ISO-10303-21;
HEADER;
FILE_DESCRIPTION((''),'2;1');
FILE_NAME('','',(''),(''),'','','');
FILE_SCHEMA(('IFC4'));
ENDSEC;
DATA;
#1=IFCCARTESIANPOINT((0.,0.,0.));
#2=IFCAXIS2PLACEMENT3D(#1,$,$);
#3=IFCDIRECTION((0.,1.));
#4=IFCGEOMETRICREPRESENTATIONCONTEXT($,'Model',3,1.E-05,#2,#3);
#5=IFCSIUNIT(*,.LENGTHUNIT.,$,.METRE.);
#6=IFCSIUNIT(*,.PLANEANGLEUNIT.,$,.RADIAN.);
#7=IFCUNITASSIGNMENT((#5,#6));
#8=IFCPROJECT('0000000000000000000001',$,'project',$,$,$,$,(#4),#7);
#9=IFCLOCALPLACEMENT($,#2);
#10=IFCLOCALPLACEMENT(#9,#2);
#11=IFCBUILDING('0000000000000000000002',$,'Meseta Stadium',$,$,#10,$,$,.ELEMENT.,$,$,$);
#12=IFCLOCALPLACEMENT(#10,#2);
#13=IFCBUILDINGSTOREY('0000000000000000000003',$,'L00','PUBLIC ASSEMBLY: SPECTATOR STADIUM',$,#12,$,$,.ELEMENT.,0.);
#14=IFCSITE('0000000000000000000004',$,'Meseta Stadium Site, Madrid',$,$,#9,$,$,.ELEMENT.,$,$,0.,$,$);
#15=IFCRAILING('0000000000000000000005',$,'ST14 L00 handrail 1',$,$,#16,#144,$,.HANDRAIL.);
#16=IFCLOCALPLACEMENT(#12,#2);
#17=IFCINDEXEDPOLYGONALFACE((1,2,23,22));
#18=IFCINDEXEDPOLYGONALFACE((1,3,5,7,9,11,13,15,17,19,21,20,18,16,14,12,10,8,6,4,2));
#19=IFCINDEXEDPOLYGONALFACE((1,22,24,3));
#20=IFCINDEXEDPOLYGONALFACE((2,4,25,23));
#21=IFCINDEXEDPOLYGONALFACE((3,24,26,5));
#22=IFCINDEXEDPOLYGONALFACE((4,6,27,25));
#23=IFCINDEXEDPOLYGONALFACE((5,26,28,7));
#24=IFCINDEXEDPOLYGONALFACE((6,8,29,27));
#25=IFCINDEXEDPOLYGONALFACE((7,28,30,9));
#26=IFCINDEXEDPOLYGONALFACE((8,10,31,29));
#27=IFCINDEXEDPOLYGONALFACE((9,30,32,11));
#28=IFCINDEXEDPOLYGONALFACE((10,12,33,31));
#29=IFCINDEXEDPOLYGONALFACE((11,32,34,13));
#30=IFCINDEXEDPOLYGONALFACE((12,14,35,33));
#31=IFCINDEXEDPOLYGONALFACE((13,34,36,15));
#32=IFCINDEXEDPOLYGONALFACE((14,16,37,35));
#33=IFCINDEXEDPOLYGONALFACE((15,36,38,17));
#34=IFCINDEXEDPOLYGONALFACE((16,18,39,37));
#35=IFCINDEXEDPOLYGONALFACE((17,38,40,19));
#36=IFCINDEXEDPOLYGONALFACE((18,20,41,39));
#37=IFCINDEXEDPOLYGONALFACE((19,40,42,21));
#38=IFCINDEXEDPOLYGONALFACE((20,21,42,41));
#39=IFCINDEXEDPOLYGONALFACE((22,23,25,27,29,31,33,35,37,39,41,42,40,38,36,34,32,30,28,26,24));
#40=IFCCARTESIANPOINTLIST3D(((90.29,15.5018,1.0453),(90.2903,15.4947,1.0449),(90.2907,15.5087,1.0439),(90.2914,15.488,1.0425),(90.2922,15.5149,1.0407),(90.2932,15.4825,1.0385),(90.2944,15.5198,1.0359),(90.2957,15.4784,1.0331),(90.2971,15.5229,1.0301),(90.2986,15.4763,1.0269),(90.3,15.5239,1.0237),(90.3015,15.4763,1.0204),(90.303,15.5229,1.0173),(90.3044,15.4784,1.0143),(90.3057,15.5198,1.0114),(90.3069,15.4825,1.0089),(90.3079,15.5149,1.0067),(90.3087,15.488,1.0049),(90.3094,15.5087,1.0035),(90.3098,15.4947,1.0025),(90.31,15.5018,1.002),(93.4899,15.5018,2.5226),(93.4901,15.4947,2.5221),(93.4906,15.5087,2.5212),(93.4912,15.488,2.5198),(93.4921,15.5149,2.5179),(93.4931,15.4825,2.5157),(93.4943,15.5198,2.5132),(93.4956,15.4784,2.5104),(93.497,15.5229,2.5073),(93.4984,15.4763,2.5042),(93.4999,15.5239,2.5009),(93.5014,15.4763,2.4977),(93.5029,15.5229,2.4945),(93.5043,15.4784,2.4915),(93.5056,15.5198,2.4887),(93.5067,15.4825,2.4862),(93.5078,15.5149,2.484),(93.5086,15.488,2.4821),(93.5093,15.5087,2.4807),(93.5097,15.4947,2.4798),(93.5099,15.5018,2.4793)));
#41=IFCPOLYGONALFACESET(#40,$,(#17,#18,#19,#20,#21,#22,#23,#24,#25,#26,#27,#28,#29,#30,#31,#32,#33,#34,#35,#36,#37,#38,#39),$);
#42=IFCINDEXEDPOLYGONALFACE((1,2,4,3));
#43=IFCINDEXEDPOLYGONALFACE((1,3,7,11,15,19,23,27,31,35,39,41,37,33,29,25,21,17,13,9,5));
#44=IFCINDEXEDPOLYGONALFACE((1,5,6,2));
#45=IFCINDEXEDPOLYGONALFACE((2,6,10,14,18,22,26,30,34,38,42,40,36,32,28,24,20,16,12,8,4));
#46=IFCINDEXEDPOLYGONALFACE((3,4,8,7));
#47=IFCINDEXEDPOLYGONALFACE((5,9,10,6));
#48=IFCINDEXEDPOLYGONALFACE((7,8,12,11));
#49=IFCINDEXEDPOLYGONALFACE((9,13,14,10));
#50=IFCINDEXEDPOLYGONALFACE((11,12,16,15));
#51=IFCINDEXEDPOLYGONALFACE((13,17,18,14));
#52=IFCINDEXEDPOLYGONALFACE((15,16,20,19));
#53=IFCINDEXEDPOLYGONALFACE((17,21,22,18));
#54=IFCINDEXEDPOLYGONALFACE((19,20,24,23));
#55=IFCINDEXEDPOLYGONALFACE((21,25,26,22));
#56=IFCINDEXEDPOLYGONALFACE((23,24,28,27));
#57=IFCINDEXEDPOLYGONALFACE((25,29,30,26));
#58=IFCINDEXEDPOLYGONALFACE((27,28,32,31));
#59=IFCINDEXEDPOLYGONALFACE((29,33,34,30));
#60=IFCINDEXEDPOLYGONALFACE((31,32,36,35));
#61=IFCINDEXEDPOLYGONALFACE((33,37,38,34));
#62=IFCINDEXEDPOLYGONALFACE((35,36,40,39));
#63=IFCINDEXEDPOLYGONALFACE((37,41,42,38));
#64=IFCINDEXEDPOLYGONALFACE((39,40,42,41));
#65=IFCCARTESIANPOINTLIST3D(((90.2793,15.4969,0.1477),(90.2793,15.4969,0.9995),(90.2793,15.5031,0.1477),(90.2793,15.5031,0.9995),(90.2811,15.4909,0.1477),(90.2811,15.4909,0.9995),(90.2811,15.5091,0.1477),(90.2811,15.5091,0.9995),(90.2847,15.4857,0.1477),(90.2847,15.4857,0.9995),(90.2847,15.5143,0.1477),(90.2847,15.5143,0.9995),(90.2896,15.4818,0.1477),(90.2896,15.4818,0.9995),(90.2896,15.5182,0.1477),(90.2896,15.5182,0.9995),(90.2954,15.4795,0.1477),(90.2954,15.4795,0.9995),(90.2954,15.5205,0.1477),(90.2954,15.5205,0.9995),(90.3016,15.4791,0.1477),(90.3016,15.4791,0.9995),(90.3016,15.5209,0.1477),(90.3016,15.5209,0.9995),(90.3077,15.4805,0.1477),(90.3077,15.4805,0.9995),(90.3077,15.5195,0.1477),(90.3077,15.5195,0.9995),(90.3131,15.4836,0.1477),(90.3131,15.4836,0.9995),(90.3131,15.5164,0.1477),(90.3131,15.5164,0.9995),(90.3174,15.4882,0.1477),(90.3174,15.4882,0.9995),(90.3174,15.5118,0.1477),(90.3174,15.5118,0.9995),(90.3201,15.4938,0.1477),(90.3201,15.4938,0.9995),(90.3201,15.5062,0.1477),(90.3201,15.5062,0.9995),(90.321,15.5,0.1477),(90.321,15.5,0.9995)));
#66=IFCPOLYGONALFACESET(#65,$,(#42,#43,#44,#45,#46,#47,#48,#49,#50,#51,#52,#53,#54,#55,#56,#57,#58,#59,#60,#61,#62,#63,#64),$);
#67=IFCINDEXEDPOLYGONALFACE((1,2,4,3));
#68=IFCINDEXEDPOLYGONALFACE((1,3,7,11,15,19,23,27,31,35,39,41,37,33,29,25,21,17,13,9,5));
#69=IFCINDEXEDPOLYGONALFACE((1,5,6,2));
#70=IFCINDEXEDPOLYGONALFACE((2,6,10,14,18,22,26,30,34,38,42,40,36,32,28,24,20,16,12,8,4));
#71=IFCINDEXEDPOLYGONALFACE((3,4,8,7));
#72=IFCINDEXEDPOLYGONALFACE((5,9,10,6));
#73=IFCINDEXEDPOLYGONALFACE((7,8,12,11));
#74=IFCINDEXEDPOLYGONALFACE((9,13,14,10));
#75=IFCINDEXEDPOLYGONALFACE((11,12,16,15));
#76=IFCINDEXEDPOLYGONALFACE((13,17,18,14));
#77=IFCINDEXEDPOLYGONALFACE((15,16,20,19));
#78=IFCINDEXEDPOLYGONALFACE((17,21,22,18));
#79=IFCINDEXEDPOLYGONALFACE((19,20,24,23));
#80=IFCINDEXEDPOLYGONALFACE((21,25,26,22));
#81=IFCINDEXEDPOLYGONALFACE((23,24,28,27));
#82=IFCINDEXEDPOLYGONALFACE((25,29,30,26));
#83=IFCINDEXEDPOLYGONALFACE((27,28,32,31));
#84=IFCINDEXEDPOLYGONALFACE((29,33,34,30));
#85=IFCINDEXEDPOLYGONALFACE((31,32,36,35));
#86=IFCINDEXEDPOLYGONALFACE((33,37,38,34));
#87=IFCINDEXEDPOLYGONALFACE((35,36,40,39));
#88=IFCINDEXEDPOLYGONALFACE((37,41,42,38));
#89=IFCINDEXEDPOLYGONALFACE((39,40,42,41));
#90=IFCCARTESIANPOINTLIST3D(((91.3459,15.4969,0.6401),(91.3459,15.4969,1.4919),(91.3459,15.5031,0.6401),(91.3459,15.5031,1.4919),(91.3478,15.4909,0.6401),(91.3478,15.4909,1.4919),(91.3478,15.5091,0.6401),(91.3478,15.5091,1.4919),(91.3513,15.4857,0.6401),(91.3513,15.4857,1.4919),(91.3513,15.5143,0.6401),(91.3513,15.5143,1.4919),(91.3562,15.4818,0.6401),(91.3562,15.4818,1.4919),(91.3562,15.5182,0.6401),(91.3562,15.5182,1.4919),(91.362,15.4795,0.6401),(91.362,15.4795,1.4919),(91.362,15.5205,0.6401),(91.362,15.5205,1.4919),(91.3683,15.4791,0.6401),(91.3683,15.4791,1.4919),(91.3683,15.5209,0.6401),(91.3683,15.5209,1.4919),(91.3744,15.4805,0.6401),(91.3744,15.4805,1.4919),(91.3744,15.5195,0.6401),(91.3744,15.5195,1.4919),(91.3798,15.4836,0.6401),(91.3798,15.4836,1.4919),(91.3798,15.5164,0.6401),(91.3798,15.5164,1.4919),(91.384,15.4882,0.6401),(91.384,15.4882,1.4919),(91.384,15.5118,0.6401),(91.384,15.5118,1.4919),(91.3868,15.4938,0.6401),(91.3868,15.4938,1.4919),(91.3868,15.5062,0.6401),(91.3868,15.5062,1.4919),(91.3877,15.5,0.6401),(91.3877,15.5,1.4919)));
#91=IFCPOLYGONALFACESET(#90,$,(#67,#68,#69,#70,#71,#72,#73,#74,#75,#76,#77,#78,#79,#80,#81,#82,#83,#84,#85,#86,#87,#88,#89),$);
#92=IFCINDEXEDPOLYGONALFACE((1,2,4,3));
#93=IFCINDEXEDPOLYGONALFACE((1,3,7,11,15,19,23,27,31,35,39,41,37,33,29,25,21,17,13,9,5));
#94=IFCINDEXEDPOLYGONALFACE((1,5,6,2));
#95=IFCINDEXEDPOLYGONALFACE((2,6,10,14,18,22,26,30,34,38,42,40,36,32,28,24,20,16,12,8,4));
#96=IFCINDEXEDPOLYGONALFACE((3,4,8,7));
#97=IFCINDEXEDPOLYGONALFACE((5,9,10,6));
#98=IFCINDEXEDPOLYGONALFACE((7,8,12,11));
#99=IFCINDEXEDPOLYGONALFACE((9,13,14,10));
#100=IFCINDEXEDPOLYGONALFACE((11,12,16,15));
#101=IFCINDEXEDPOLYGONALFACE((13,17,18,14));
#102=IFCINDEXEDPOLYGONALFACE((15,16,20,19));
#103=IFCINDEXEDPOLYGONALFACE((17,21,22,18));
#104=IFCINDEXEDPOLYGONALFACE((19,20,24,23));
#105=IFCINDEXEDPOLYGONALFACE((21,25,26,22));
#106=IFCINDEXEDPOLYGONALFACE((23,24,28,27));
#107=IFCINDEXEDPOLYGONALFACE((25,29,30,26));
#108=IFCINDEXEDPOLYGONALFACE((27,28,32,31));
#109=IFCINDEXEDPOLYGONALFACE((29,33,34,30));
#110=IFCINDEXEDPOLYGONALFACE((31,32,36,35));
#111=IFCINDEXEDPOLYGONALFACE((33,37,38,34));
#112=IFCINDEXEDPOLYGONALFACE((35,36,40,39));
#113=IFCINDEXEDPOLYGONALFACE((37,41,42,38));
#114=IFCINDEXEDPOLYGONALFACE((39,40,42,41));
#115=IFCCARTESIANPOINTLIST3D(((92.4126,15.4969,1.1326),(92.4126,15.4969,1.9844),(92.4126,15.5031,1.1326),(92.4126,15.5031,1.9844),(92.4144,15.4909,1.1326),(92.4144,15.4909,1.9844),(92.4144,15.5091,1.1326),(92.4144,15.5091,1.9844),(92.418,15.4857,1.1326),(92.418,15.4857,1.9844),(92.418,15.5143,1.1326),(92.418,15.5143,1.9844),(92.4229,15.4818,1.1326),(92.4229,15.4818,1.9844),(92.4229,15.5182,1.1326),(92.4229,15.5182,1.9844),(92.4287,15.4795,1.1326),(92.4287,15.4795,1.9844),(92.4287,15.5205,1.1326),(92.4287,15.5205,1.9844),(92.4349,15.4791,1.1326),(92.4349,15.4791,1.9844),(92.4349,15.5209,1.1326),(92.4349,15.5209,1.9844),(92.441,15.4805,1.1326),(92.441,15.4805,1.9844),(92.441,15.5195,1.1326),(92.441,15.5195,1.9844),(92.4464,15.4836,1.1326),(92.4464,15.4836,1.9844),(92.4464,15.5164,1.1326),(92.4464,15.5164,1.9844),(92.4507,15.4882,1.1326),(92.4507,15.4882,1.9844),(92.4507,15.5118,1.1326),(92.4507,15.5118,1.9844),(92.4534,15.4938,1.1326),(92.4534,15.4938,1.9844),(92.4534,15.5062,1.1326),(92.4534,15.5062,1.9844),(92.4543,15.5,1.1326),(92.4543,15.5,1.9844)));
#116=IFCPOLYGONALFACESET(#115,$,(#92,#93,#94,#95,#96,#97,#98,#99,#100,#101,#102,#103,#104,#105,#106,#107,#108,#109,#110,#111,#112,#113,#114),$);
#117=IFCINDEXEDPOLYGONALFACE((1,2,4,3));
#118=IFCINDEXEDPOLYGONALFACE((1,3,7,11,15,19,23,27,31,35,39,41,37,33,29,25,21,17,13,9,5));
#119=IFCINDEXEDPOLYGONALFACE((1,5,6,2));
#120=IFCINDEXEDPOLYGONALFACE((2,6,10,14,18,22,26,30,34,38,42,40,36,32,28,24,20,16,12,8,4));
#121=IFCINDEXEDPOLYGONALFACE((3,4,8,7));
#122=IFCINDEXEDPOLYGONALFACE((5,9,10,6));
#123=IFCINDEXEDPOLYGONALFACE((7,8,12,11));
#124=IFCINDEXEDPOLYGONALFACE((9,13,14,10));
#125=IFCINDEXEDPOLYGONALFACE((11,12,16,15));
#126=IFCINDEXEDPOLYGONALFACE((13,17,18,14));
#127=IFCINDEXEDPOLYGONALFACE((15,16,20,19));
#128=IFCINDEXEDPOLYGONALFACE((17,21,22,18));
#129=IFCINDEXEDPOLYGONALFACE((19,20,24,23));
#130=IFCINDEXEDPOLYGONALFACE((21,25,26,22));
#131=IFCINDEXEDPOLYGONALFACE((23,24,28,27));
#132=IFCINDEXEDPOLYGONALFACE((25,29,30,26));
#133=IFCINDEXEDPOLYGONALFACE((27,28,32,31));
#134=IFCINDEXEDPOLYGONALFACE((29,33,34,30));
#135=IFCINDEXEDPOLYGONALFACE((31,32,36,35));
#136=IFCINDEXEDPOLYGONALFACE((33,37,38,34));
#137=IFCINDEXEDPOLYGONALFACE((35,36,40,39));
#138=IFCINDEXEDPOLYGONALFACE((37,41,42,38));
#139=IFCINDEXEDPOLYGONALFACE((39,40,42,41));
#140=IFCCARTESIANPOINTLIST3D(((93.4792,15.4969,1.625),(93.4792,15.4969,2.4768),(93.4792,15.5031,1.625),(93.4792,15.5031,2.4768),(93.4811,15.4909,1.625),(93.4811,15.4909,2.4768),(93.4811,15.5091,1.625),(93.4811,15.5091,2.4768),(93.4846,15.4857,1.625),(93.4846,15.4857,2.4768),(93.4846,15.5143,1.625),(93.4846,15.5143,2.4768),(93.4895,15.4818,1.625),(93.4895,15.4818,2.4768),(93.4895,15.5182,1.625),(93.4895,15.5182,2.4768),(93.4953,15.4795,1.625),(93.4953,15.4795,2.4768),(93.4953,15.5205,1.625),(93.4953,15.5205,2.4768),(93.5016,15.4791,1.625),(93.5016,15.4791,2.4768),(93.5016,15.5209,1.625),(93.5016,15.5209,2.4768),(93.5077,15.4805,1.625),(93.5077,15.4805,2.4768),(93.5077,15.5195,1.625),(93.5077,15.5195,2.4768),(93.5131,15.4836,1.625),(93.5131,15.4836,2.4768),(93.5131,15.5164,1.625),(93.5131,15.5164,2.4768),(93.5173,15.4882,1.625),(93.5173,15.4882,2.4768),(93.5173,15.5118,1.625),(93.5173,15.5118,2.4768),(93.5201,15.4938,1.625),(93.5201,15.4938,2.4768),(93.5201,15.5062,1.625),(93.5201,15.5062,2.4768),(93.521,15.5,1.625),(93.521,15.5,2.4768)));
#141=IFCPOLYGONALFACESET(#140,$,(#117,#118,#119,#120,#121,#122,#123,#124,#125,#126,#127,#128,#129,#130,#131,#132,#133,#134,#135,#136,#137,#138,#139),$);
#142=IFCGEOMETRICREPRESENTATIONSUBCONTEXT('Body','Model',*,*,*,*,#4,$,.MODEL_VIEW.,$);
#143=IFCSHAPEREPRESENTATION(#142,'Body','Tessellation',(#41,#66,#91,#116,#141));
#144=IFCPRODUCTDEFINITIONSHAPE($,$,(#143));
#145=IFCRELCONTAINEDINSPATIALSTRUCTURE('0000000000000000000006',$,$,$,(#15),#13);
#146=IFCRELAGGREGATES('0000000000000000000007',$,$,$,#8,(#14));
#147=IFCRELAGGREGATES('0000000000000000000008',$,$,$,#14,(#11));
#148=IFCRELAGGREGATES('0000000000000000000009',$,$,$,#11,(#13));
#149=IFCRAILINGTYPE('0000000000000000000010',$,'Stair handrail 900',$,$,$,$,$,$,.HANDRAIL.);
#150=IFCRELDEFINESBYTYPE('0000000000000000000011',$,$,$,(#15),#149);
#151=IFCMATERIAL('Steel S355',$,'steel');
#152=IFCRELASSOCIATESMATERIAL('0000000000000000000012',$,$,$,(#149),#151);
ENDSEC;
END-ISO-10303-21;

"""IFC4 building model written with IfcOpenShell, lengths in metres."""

from ifc_helpers import new_model, si_unit, direction, frame, origin, origin_2d, place, context, subcontext, project, spatial, circle, extrude, material, type_object, element, save


model = new_model("IFC4")

# Units and contexts
model_context = context("Model", 3, precision=1e-05, world=origin(), true_north=direction((0.0, 1.0)))
body_context = subcontext(model_context, "Body", "Model", "MODEL_VIEW")
ifc_project = project(units=[si_unit("LENGTHUNIT", "METRE"), si_unit("PLANEANGLEUNIT", "RADIAN")], contexts=[model_context])

# Site, building, storey
site_placement = place(None, origin())
site = spatial("IfcSite", under=ifc_project, at=site_placement, Name="Meseta Stadium Site, Madrid", CompositionType="ELEMENT", RefElevation=0.0)
building_placement = place(site_placement, origin())
building = spatial("IfcBuilding", under=site, at=building_placement, Name="Meseta Stadium", CompositionType="ELEMENT")
storey_placement = place(building_placement, origin())
storey = spatial("IfcBuildingStorey", under=building, at=storey_placement, Name="L00", Description="PUBLIC ASSEMBLY: SPECTATOR STADIUM", CompositionType="ELEMENT", Elevation=0.0)

# Railing
ifc_material_1 = material(Name="Steel S355", Category="steel")
railing_type_1 = type_object("IfcRailingType", Name="Stair handrail 900", PredefinedType="HANDRAIL", material=ifc_material_1)
for number, where, name in (
    (1, (90.3, 15.5, 0.1477), "ST14 L00 handrail 1"),
):
    element("IfcRailing", number, at=place(storey_placement, frame(where)), inside=storey, type_object=railing_type_1, Name=name, PredefinedType="HANDRAIL", context=body_context, shape_type="SweptSolid", body=[
        extrude(circle(Radius=0.0239, at=origin_2d()), frame((0.0, 0.0, 0.876), z_axis=(0.907917, 0.0, 0.41915), x_axis=(0.0, 1.0, 0.0)), (0.0, 0.0, 1.0), 3.5244),
        extrude(circle(Radius=0.021, at=origin_2d()), origin(), (0.0, 0.0, 1.0), 0.8518),
        extrude(circle(Radius=0.021, at=origin_2d()), frame((1.0667, 0.0, 0.4924)), (0.0, 0.0, 1.0), 0.8518),
        extrude(circle(Radius=0.021, at=origin_2d()), frame((2.1333, 0.0, 0.9849)), (0.0, 0.0, 1.0), 0.8518),
        extrude(circle(Radius=0.021, at=origin_2d()), frame((3.2, 0.0, 1.4773)), (0.0, 0.0, 1.0), 0.8518),
    ])

save(model, "model.ifc")
